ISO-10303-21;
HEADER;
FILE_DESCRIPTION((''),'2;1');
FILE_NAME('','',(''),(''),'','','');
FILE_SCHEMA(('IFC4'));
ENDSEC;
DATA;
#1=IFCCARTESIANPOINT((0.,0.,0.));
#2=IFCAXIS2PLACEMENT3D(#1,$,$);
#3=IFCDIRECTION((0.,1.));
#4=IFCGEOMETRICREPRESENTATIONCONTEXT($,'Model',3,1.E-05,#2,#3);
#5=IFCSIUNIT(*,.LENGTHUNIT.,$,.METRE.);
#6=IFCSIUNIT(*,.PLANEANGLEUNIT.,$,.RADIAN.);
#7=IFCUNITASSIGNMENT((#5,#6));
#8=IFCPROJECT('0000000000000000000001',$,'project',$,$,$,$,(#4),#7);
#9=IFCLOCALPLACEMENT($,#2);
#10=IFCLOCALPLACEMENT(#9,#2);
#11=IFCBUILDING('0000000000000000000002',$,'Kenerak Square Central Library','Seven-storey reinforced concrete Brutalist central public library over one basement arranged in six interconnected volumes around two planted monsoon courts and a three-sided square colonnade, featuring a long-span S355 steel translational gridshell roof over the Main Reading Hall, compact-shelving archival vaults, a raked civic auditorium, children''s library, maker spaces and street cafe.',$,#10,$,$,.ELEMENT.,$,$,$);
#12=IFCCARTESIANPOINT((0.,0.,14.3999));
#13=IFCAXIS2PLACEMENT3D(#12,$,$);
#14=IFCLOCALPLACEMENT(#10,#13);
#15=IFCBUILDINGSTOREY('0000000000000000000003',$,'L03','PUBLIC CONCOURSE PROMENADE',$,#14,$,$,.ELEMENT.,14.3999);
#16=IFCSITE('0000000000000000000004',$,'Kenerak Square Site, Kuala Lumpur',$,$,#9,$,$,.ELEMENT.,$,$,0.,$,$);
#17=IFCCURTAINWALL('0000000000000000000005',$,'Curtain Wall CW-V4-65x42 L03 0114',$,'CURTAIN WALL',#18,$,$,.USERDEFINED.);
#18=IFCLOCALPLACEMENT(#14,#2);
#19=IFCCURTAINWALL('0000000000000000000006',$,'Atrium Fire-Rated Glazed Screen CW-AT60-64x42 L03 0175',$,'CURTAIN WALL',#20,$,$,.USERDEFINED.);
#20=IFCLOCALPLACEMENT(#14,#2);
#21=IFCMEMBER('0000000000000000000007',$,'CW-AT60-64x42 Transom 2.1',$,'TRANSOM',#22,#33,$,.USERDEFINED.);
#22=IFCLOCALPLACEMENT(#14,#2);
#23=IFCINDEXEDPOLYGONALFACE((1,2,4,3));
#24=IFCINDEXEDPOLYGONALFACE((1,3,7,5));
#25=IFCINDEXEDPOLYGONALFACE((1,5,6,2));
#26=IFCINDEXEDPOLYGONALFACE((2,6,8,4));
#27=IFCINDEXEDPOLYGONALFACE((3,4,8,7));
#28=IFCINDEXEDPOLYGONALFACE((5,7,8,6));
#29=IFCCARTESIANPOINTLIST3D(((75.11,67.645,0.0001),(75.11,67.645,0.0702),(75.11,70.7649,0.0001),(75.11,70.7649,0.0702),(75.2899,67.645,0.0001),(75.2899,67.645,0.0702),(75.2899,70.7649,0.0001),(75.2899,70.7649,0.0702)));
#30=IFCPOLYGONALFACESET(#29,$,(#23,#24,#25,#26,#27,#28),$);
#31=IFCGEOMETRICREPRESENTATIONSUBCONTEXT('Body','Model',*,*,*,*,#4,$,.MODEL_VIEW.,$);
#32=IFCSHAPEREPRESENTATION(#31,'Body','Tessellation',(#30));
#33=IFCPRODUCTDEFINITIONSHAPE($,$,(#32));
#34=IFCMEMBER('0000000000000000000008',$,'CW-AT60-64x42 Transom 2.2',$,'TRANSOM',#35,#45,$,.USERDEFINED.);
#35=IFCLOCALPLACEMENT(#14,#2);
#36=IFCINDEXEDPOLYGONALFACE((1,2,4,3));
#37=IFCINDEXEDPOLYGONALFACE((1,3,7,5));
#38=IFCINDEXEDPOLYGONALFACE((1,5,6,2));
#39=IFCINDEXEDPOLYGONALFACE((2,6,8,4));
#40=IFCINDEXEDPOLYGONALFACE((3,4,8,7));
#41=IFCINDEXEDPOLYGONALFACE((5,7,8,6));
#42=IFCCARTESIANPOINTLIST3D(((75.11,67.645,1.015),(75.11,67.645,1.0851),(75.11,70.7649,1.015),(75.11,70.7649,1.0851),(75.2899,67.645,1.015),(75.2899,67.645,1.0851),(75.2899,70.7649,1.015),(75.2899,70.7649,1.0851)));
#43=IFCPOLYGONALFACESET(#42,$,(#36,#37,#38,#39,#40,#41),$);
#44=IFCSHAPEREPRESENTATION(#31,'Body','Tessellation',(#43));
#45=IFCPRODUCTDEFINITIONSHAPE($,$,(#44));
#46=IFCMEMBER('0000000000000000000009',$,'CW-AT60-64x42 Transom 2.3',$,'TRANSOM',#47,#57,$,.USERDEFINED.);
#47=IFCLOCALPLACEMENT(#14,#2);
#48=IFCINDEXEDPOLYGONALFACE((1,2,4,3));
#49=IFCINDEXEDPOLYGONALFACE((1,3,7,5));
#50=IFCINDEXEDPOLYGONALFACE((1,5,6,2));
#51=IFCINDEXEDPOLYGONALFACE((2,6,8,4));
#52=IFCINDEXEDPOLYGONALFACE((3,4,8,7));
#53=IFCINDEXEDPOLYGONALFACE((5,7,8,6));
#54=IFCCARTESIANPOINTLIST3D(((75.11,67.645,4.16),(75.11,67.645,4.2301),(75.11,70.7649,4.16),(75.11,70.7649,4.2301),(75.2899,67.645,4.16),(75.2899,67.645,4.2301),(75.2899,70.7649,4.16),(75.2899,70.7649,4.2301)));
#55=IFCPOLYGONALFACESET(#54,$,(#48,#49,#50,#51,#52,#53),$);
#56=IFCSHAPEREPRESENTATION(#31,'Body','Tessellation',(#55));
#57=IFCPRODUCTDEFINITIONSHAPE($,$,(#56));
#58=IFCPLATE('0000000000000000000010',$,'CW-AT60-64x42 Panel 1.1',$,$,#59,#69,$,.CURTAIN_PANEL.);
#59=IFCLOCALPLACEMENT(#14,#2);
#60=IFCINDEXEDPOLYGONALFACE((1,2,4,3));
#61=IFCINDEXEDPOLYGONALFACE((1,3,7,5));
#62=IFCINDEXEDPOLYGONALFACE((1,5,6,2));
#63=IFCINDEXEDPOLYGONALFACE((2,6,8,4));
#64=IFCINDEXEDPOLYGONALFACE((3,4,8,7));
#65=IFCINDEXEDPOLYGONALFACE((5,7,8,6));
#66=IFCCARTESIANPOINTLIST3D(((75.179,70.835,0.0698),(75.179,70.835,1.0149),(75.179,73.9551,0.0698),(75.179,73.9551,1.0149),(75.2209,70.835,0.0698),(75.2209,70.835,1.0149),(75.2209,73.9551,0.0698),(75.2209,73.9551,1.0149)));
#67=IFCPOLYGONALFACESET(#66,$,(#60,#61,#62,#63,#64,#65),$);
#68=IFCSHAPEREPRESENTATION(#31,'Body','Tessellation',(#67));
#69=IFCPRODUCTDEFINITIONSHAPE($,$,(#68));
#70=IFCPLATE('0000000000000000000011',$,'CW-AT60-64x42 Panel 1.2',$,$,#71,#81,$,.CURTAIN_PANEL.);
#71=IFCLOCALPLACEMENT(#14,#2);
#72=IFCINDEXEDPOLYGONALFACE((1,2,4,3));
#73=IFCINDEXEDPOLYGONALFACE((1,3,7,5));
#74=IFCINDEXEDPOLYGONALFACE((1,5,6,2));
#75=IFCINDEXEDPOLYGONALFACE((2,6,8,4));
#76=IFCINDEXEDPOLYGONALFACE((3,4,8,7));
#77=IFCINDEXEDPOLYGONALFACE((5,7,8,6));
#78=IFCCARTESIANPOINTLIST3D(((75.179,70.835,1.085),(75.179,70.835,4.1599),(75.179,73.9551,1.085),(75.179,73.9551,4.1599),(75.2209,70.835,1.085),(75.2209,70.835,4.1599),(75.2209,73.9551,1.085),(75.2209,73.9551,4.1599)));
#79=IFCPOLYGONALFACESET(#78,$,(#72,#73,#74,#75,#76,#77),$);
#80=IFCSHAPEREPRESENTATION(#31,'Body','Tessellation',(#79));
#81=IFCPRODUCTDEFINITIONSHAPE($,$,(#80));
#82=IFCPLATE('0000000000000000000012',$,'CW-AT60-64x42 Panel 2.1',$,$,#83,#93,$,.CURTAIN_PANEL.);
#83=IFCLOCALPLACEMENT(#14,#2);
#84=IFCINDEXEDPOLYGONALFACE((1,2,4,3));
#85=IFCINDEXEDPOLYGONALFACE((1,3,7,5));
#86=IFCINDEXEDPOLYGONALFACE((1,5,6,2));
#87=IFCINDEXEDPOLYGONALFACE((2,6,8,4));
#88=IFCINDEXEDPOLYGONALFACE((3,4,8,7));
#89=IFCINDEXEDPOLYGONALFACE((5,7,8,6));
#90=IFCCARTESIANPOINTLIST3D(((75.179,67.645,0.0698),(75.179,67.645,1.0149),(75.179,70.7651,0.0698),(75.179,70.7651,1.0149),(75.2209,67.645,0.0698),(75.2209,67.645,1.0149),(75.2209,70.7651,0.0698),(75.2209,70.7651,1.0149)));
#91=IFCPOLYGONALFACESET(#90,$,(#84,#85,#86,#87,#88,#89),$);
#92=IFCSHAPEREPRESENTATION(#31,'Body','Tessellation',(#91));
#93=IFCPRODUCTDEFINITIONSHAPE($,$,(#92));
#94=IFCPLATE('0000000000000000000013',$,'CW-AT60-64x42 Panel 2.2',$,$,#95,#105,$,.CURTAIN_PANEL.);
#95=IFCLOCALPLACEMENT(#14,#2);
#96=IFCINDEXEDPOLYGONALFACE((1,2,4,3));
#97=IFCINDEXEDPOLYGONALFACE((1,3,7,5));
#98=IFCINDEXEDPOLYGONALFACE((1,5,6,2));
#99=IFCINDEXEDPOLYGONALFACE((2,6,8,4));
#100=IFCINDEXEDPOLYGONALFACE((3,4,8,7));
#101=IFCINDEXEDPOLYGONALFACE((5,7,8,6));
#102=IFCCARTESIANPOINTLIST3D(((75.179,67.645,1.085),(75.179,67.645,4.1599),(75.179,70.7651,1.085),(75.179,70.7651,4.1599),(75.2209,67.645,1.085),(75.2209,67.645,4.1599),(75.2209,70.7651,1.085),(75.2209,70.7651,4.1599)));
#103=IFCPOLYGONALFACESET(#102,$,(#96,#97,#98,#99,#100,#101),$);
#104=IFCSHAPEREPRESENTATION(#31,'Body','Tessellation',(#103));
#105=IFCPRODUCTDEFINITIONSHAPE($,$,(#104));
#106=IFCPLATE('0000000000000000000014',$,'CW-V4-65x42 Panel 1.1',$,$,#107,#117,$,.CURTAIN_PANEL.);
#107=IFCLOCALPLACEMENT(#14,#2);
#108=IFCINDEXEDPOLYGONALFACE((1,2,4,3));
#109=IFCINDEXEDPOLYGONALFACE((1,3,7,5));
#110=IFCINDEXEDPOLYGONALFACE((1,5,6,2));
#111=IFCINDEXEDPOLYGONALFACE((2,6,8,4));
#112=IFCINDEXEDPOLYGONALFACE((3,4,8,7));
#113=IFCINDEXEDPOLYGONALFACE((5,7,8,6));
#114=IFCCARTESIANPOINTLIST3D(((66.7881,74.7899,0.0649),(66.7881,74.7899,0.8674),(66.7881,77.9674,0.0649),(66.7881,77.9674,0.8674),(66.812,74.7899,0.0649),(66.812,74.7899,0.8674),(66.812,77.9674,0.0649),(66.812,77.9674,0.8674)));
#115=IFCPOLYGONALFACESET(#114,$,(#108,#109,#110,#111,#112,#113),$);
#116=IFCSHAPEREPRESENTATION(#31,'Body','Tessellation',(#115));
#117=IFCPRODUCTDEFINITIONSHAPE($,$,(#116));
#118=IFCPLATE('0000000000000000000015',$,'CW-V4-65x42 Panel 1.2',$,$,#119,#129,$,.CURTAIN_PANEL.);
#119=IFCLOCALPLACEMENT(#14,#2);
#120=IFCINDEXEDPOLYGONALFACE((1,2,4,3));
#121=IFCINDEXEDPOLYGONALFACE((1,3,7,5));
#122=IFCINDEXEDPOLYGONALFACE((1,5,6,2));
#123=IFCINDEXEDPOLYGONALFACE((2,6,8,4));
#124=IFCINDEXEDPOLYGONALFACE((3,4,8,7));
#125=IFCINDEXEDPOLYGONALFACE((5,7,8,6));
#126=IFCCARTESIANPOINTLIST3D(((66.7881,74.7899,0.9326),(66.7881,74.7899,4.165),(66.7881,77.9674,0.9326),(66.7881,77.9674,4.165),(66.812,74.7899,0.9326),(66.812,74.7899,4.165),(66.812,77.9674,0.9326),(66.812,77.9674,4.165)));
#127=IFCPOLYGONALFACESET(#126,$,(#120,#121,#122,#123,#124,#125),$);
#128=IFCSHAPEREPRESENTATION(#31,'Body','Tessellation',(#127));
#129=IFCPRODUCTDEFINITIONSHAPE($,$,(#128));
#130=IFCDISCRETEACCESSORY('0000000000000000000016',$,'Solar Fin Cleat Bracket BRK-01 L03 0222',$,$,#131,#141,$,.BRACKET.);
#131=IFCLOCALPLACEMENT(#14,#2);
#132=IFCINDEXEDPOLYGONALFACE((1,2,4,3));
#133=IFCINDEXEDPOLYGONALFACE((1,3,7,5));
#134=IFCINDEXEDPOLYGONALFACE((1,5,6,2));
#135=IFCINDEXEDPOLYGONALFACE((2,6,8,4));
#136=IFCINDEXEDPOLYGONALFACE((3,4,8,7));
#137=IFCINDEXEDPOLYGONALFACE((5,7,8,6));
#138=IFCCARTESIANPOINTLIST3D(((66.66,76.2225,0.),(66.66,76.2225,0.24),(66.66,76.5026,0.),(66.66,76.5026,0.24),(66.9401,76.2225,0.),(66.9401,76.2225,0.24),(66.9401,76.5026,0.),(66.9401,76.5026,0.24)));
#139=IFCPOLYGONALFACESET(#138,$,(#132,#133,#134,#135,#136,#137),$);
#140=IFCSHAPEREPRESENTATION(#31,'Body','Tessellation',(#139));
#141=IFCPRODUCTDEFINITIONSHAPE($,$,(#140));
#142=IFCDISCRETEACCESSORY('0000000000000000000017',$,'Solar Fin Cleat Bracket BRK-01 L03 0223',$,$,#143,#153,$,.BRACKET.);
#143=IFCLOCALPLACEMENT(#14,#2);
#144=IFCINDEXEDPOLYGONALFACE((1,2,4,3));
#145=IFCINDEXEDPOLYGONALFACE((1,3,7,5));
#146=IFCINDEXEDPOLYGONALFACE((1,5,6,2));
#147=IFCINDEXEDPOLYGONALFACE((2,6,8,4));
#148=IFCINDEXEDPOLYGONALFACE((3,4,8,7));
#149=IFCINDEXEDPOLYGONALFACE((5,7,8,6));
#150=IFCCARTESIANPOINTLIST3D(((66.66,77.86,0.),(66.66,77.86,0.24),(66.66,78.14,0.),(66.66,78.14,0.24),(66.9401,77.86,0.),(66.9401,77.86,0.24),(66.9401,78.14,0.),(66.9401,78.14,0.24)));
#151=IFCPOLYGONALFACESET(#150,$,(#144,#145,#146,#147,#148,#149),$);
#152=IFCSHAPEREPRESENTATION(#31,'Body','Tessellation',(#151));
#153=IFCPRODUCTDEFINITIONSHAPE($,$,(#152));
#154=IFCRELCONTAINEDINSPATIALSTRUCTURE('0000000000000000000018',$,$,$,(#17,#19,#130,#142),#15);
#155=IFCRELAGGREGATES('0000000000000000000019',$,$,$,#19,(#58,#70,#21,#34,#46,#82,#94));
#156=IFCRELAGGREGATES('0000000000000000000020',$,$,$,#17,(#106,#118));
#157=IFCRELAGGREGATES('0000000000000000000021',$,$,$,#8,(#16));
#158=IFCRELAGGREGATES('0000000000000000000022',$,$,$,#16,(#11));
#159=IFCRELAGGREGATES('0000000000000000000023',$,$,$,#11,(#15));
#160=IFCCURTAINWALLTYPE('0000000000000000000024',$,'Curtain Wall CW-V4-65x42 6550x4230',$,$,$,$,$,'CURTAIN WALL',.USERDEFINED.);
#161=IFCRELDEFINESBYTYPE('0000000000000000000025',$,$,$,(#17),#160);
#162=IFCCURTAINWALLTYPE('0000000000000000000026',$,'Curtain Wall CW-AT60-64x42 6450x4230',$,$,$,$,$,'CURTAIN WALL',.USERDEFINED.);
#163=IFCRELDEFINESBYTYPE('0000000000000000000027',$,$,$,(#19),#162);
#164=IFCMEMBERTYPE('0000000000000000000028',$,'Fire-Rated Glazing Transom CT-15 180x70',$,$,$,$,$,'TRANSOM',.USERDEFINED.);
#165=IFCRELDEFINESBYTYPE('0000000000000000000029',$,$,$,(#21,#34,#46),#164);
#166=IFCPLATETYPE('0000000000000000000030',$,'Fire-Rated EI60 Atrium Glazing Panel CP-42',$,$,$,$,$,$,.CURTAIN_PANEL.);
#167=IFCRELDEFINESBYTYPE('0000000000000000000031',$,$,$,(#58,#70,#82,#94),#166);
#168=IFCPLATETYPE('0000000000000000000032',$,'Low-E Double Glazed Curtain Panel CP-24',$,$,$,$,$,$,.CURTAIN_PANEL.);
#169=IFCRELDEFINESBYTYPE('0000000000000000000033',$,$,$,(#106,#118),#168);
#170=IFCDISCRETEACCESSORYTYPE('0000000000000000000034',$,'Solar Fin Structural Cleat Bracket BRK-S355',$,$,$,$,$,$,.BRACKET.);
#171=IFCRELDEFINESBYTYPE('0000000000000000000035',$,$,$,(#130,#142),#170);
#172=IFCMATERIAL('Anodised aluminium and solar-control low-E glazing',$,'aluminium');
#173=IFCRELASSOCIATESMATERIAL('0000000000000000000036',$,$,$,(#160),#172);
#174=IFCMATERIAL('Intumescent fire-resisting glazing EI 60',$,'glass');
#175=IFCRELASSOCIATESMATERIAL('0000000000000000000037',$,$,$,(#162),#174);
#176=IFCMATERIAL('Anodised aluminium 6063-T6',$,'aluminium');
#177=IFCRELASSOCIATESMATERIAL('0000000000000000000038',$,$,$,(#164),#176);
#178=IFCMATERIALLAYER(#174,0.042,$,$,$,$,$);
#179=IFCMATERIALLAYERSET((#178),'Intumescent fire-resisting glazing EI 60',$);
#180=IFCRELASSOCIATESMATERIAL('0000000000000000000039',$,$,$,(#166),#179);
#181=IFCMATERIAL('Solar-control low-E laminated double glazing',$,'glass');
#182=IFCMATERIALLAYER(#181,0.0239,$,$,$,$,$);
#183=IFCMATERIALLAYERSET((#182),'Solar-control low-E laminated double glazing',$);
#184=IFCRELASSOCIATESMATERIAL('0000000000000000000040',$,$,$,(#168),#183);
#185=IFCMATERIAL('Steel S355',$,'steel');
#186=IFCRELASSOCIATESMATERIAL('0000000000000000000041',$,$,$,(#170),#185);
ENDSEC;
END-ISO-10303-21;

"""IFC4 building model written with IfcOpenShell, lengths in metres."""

from ifc_helpers import new_model, si_unit, direction, frame, origin, origin_2d, place, context, subcontext, project, spatial, rectangle, extrude, material, layer, layer_set, material_profile, profile_set, type_object, element, aggregate, save


model = new_model("IFC4")

# Units and contexts
model_context = context("Model", 3, precision=1e-05, world=origin(), true_north=direction((0.0, 1.0)))
body_context = subcontext(model_context, "Body", "Model", "MODEL_VIEW")
ifc_project = project(units=[si_unit("LENGTHUNIT", "METRE"), si_unit("PLANEANGLEUNIT", "RADIAN")], contexts=[model_context])

# Site, building, storey
site_placement = place(None, origin())
site = spatial("IfcSite", under=ifc_project, at=site_placement, Name="Kenerak Square Site, Kuala Lumpur", CompositionType="ELEMENT", RefElevation=0.0)
building_placement = place(site_placement, origin())
building = spatial("IfcBuilding", under=site, at=building_placement, Name="Kenerak Square Central Library", Description="Seven-storey reinforced concrete Brutalist central public library over one basement arranged in six interconnected volumes around two planted monsoon courts and a three-sided square colonnade, featuring a long-span S355 steel translational gridshell roof over the Main Reading Hall, compact-shelving archival vaults, a raked civic auditorium, children's library, maker spaces and street cafe.", CompositionType="ELEMENT")
storey_placement = place(building_placement, frame((0.0, 0.0, 14.3999)))
storey = spatial("IfcBuildingStorey", under=building, at=storey_placement, Name="L03", Description="PUBLIC CONCOURSE PROMENADE", CompositionType="ELEMENT", Elevation=14.3999)

# Curtain wall
ifc_material_1 = material(Name="Anodised aluminium and solar-control low-E glazing", Category="aluminium")
curtain_wall_type_1 = type_object("IfcCurtainWallType", Name="Curtain Wall CW-V4-65x42 6550x4230", ElementType="CURTAIN WALL", PredefinedType="USERDEFINED", material=ifc_material_1)
curtain_wall_1_placement = place(storey_placement, origin())
curtain_wall_1 = element("IfcCurtainWall", 1, at=curtain_wall_1_placement, inside=storey, type_object=curtain_wall_type_1, Name="Curtain Wall CW-V4-65x42 L03 0114", ObjectType="CURTAIN WALL", PredefinedType="USERDEFINED")
ifc_material_2 = material(Name="Anodised aluminium 6063-T6", Category="aluminium")

# Curtain wall, members, plates
ifc_material_3 = material(Name="Intumescent fire-resisting glazing EI 60", Category="glass")
curtain_wall_type_2 = type_object("IfcCurtainWallType", Name="Curtain Wall CW-AT60-64x42 6450x4230", ElementType="CURTAIN WALL", PredefinedType="USERDEFINED", material=ifc_material_3)
curtain_wall_2_placement = place(storey_placement, origin())
curtain_wall_2 = element("IfcCurtainWall", 2, at=curtain_wall_2_placement, inside=storey, type_object=curtain_wall_type_2, Name="Atrium Fire-Rated Glazed Screen CW-AT60-64x42 L03 0175", ObjectType="CURTAIN WALL", PredefinedType="USERDEFINED")
ifc_material_profile_1 = material_profile(ifc_material_2, rectangle(XDim=0.1799, YDim=0.0701, at=origin_2d()), Name="AL TRANSOM 180x70")
ifc_profile_set_1 = profile_set([ifc_material_profile_1], Name="Anodised aluminium 6063-T6")
member_type_1 = type_object("IfcMemberType", Name="Fire-Rated Glazing Transom CT-15 180x70", ElementType="TRANSOM", PredefinedType="USERDEFINED", material=ifc_profile_set_1)
member_1_placement = place(storey_placement, frame((75.2, 70.7649, 0.0352), z_axis=(0.0, -1.0, 0.0), x_axis=(1.0, 0.0, 0.0)))
member_1 = element("IfcMember", 3, at=member_1_placement, type_object=member_type_1, Name="CW-AT60-64x42 Transom 2.1", ObjectType="TRANSOM", PredefinedType="USERDEFINED", context=body_context, shape_type="SweptSolid", body=[
    extrude(rectangle(XDim=0.1799, YDim=0.0701, at=origin_2d()), origin(), (0.0, 0.0, 1.0), 3.1199),
])
member_2_placement = place(storey_placement, frame((75.2, 70.7649, 1.05), z_axis=(0.0, -1.0, 0.0), x_axis=(1.0, 0.0, 0.0)))
member_2 = element("IfcMember", 4, at=member_2_placement, type_object=member_type_1, Name="CW-AT60-64x42 Transom 2.2", ObjectType="TRANSOM", PredefinedType="USERDEFINED", context=body_context, shape_type="SweptSolid", body=[
    extrude(rectangle(XDim=0.1799, YDim=0.0701, at=origin_2d()), origin(), (0.0, 0.0, 1.0), 3.1199),
])
member_3_placement = place(storey_placement, frame((75.2, 70.7649, 4.1951), z_axis=(0.0, -1.0, 0.0), x_axis=(1.0, 0.0, 0.0)))
member_3 = element("IfcMember", 5, at=member_3_placement, type_object=member_type_1, Name="CW-AT60-64x42 Transom 2.3", ObjectType="TRANSOM", PredefinedType="USERDEFINED", context=body_context, shape_type="SweptSolid", body=[
    extrude(rectangle(XDim=0.1799, YDim=0.0701, at=origin_2d()), origin(), (0.0, 0.0, 1.0), 3.1199),
])
ifc_layer_1 = layer(ifc_material_3, 0.042)
ifc_layer_set_1 = layer_set([ifc_layer_1], Name="Intumescent fire-resisting glazing EI 60")
plate_type_1 = type_object("IfcPlateType", Name="Fire-Rated EI60 Atrium Glazing Panel CP-42", PredefinedType="CURTAIN_PANEL", material=ifc_layer_set_1)
plate_1_placement = place(storey_placement, frame((75.2, 72.395, 0.0698), z_axis=(0.0, 0.0, 1.0), x_axis=(0.0, -1.0, 0.0)))
plate_1 = element("IfcPlate", 6, at=plate_1_placement, type_object=plate_type_1, Name="CW-AT60-64x42 Panel 1.1", PredefinedType="CURTAIN_PANEL", context=body_context, shape_type="SweptSolid", body=[
    extrude(rectangle(XDim=3.1201, YDim=0.042, at=origin_2d()), origin(), (0.0, 0.0, 1.0), 0.9451),
])
plate_2_placement = place(storey_placement, frame((75.2, 72.395, 1.085), z_axis=(0.0, 0.0, 1.0), x_axis=(0.0, -1.0, 0.0)))
plate_2 = element("IfcPlate", 7, at=plate_2_placement, type_object=plate_type_1, Name="CW-AT60-64x42 Panel 1.2", PredefinedType="CURTAIN_PANEL", context=body_context, shape_type="SweptSolid", body=[
    extrude(rectangle(XDim=3.1201, YDim=0.042, at=origin_2d()), origin(), (0.0, 0.0, 1.0), 3.075),
])
plate_3_placement = place(storey_placement, frame((75.2, 69.2051, 0.0698), z_axis=(0.0, 0.0, 1.0), x_axis=(0.0, -1.0, 0.0)))
plate_3 = element("IfcPlate", 8, at=plate_3_placement, type_object=plate_type_1, Name="CW-AT60-64x42 Panel 2.1", PredefinedType="CURTAIN_PANEL", context=body_context, shape_type="SweptSolid", body=[
    extrude(rectangle(XDim=3.1201, YDim=0.042, at=origin_2d()), origin(), (0.0, 0.0, 1.0), 0.9451),
])
plate_4_placement = place(storey_placement, frame((75.2, 69.2051, 1.085), z_axis=(0.0, 0.0, 1.0), x_axis=(0.0, -1.0, 0.0)))
plate_4 = element("IfcPlate", 9, at=plate_4_placement, type_object=plate_type_1, Name="CW-AT60-64x42 Panel 2.2", PredefinedType="CURTAIN_PANEL", context=body_context, shape_type="SweptSolid", body=[
    extrude(rectangle(XDim=3.1201, YDim=0.042, at=origin_2d()), origin(), (0.0, 0.0, 1.0), 3.075),
])
aggregate(curtain_wall_2, [plate_1, plate_2, member_1, member_2, member_3, plate_3, plate_4])

# Plates
ifc_material_4 = material(Name="Solar-control low-E laminated double glazing", Category="glass")
ifc_layer_2 = layer(ifc_material_4, 0.0239)
ifc_layer_set_2 = layer_set([ifc_layer_2], Name="Solar-control low-E laminated double glazing")
plate_type_2 = type_object("IfcPlateType", Name="Low-E Double Glazed Curtain Panel CP-24", PredefinedType="CURTAIN_PANEL", material=ifc_layer_set_2)
plate_5_placement = place(storey_placement, frame((66.8, 76.3787, 0.0649), z_axis=(0.0, 0.0, 1.0), x_axis=(0.0, 1.0, 0.0)))
plate_5 = element("IfcPlate", 10, at=plate_5_placement, type_object=plate_type_2, Name="CW-V4-65x42 Panel 1.1", PredefinedType="CURTAIN_PANEL", context=body_context, shape_type="SweptSolid", body=[
    extrude(rectangle(XDim=3.1775, YDim=0.0239, at=origin_2d()), origin(), (0.0, 0.0, 1.0), 0.8025),
])
plate_6_placement = place(storey_placement, frame((66.8, 76.3787, 0.9326), z_axis=(0.0, 0.0, 1.0), x_axis=(0.0, 1.0, 0.0)))
plate_6 = element("IfcPlate", 11, at=plate_6_placement, type_object=plate_type_2, Name="CW-V4-65x42 Panel 1.2", PredefinedType="CURTAIN_PANEL", context=body_context, shape_type="SweptSolid", body=[
    extrude(rectangle(XDim=3.1775, YDim=0.0239, at=origin_2d()), origin(), (0.0, 0.0, 1.0), 3.2324),
])
aggregate(curtain_wall_1, [plate_5, plate_6])

# Discrete accessories
ifc_material_5 = material(Name="Steel S355", Category="steel")
discrete_accessory_type = type_object("IfcDiscreteAccessoryType", Name="Solar Fin Structural Cleat Bracket BRK-S355", PredefinedType="BRACKET", material=ifc_material_5)
for number, where, z_axis, x_axis, name in (
    (12, (66.8, 76.3625, 0.0), (0.0, 0.0, 1.0), (0.0, 1.0, 0.0), "Solar Fin Cleat Bracket BRK-01 L03 0222"),
    (13, (66.8, 78.0, 0.0), (0.0, 0.0, 1.0), (0.0, 1.0, 0.0), "Solar Fin Cleat Bracket BRK-01 L03 0223"),
):
    element("IfcDiscreteAccessory", number, at=place(storey_placement, frame(where, z_axis=z_axis, x_axis=x_axis)), inside=storey, type_object=discrete_accessory_type, Name=name, PredefinedType="BRACKET", context=body_context, shape_type="SweptSolid", body=[
        extrude(rectangle(XDim=0.28, YDim=0.28, at=origin_2d()), origin(), (0.0, 0.0, 1.0), 0.24),
    ])

save(model, "model.ifc")
